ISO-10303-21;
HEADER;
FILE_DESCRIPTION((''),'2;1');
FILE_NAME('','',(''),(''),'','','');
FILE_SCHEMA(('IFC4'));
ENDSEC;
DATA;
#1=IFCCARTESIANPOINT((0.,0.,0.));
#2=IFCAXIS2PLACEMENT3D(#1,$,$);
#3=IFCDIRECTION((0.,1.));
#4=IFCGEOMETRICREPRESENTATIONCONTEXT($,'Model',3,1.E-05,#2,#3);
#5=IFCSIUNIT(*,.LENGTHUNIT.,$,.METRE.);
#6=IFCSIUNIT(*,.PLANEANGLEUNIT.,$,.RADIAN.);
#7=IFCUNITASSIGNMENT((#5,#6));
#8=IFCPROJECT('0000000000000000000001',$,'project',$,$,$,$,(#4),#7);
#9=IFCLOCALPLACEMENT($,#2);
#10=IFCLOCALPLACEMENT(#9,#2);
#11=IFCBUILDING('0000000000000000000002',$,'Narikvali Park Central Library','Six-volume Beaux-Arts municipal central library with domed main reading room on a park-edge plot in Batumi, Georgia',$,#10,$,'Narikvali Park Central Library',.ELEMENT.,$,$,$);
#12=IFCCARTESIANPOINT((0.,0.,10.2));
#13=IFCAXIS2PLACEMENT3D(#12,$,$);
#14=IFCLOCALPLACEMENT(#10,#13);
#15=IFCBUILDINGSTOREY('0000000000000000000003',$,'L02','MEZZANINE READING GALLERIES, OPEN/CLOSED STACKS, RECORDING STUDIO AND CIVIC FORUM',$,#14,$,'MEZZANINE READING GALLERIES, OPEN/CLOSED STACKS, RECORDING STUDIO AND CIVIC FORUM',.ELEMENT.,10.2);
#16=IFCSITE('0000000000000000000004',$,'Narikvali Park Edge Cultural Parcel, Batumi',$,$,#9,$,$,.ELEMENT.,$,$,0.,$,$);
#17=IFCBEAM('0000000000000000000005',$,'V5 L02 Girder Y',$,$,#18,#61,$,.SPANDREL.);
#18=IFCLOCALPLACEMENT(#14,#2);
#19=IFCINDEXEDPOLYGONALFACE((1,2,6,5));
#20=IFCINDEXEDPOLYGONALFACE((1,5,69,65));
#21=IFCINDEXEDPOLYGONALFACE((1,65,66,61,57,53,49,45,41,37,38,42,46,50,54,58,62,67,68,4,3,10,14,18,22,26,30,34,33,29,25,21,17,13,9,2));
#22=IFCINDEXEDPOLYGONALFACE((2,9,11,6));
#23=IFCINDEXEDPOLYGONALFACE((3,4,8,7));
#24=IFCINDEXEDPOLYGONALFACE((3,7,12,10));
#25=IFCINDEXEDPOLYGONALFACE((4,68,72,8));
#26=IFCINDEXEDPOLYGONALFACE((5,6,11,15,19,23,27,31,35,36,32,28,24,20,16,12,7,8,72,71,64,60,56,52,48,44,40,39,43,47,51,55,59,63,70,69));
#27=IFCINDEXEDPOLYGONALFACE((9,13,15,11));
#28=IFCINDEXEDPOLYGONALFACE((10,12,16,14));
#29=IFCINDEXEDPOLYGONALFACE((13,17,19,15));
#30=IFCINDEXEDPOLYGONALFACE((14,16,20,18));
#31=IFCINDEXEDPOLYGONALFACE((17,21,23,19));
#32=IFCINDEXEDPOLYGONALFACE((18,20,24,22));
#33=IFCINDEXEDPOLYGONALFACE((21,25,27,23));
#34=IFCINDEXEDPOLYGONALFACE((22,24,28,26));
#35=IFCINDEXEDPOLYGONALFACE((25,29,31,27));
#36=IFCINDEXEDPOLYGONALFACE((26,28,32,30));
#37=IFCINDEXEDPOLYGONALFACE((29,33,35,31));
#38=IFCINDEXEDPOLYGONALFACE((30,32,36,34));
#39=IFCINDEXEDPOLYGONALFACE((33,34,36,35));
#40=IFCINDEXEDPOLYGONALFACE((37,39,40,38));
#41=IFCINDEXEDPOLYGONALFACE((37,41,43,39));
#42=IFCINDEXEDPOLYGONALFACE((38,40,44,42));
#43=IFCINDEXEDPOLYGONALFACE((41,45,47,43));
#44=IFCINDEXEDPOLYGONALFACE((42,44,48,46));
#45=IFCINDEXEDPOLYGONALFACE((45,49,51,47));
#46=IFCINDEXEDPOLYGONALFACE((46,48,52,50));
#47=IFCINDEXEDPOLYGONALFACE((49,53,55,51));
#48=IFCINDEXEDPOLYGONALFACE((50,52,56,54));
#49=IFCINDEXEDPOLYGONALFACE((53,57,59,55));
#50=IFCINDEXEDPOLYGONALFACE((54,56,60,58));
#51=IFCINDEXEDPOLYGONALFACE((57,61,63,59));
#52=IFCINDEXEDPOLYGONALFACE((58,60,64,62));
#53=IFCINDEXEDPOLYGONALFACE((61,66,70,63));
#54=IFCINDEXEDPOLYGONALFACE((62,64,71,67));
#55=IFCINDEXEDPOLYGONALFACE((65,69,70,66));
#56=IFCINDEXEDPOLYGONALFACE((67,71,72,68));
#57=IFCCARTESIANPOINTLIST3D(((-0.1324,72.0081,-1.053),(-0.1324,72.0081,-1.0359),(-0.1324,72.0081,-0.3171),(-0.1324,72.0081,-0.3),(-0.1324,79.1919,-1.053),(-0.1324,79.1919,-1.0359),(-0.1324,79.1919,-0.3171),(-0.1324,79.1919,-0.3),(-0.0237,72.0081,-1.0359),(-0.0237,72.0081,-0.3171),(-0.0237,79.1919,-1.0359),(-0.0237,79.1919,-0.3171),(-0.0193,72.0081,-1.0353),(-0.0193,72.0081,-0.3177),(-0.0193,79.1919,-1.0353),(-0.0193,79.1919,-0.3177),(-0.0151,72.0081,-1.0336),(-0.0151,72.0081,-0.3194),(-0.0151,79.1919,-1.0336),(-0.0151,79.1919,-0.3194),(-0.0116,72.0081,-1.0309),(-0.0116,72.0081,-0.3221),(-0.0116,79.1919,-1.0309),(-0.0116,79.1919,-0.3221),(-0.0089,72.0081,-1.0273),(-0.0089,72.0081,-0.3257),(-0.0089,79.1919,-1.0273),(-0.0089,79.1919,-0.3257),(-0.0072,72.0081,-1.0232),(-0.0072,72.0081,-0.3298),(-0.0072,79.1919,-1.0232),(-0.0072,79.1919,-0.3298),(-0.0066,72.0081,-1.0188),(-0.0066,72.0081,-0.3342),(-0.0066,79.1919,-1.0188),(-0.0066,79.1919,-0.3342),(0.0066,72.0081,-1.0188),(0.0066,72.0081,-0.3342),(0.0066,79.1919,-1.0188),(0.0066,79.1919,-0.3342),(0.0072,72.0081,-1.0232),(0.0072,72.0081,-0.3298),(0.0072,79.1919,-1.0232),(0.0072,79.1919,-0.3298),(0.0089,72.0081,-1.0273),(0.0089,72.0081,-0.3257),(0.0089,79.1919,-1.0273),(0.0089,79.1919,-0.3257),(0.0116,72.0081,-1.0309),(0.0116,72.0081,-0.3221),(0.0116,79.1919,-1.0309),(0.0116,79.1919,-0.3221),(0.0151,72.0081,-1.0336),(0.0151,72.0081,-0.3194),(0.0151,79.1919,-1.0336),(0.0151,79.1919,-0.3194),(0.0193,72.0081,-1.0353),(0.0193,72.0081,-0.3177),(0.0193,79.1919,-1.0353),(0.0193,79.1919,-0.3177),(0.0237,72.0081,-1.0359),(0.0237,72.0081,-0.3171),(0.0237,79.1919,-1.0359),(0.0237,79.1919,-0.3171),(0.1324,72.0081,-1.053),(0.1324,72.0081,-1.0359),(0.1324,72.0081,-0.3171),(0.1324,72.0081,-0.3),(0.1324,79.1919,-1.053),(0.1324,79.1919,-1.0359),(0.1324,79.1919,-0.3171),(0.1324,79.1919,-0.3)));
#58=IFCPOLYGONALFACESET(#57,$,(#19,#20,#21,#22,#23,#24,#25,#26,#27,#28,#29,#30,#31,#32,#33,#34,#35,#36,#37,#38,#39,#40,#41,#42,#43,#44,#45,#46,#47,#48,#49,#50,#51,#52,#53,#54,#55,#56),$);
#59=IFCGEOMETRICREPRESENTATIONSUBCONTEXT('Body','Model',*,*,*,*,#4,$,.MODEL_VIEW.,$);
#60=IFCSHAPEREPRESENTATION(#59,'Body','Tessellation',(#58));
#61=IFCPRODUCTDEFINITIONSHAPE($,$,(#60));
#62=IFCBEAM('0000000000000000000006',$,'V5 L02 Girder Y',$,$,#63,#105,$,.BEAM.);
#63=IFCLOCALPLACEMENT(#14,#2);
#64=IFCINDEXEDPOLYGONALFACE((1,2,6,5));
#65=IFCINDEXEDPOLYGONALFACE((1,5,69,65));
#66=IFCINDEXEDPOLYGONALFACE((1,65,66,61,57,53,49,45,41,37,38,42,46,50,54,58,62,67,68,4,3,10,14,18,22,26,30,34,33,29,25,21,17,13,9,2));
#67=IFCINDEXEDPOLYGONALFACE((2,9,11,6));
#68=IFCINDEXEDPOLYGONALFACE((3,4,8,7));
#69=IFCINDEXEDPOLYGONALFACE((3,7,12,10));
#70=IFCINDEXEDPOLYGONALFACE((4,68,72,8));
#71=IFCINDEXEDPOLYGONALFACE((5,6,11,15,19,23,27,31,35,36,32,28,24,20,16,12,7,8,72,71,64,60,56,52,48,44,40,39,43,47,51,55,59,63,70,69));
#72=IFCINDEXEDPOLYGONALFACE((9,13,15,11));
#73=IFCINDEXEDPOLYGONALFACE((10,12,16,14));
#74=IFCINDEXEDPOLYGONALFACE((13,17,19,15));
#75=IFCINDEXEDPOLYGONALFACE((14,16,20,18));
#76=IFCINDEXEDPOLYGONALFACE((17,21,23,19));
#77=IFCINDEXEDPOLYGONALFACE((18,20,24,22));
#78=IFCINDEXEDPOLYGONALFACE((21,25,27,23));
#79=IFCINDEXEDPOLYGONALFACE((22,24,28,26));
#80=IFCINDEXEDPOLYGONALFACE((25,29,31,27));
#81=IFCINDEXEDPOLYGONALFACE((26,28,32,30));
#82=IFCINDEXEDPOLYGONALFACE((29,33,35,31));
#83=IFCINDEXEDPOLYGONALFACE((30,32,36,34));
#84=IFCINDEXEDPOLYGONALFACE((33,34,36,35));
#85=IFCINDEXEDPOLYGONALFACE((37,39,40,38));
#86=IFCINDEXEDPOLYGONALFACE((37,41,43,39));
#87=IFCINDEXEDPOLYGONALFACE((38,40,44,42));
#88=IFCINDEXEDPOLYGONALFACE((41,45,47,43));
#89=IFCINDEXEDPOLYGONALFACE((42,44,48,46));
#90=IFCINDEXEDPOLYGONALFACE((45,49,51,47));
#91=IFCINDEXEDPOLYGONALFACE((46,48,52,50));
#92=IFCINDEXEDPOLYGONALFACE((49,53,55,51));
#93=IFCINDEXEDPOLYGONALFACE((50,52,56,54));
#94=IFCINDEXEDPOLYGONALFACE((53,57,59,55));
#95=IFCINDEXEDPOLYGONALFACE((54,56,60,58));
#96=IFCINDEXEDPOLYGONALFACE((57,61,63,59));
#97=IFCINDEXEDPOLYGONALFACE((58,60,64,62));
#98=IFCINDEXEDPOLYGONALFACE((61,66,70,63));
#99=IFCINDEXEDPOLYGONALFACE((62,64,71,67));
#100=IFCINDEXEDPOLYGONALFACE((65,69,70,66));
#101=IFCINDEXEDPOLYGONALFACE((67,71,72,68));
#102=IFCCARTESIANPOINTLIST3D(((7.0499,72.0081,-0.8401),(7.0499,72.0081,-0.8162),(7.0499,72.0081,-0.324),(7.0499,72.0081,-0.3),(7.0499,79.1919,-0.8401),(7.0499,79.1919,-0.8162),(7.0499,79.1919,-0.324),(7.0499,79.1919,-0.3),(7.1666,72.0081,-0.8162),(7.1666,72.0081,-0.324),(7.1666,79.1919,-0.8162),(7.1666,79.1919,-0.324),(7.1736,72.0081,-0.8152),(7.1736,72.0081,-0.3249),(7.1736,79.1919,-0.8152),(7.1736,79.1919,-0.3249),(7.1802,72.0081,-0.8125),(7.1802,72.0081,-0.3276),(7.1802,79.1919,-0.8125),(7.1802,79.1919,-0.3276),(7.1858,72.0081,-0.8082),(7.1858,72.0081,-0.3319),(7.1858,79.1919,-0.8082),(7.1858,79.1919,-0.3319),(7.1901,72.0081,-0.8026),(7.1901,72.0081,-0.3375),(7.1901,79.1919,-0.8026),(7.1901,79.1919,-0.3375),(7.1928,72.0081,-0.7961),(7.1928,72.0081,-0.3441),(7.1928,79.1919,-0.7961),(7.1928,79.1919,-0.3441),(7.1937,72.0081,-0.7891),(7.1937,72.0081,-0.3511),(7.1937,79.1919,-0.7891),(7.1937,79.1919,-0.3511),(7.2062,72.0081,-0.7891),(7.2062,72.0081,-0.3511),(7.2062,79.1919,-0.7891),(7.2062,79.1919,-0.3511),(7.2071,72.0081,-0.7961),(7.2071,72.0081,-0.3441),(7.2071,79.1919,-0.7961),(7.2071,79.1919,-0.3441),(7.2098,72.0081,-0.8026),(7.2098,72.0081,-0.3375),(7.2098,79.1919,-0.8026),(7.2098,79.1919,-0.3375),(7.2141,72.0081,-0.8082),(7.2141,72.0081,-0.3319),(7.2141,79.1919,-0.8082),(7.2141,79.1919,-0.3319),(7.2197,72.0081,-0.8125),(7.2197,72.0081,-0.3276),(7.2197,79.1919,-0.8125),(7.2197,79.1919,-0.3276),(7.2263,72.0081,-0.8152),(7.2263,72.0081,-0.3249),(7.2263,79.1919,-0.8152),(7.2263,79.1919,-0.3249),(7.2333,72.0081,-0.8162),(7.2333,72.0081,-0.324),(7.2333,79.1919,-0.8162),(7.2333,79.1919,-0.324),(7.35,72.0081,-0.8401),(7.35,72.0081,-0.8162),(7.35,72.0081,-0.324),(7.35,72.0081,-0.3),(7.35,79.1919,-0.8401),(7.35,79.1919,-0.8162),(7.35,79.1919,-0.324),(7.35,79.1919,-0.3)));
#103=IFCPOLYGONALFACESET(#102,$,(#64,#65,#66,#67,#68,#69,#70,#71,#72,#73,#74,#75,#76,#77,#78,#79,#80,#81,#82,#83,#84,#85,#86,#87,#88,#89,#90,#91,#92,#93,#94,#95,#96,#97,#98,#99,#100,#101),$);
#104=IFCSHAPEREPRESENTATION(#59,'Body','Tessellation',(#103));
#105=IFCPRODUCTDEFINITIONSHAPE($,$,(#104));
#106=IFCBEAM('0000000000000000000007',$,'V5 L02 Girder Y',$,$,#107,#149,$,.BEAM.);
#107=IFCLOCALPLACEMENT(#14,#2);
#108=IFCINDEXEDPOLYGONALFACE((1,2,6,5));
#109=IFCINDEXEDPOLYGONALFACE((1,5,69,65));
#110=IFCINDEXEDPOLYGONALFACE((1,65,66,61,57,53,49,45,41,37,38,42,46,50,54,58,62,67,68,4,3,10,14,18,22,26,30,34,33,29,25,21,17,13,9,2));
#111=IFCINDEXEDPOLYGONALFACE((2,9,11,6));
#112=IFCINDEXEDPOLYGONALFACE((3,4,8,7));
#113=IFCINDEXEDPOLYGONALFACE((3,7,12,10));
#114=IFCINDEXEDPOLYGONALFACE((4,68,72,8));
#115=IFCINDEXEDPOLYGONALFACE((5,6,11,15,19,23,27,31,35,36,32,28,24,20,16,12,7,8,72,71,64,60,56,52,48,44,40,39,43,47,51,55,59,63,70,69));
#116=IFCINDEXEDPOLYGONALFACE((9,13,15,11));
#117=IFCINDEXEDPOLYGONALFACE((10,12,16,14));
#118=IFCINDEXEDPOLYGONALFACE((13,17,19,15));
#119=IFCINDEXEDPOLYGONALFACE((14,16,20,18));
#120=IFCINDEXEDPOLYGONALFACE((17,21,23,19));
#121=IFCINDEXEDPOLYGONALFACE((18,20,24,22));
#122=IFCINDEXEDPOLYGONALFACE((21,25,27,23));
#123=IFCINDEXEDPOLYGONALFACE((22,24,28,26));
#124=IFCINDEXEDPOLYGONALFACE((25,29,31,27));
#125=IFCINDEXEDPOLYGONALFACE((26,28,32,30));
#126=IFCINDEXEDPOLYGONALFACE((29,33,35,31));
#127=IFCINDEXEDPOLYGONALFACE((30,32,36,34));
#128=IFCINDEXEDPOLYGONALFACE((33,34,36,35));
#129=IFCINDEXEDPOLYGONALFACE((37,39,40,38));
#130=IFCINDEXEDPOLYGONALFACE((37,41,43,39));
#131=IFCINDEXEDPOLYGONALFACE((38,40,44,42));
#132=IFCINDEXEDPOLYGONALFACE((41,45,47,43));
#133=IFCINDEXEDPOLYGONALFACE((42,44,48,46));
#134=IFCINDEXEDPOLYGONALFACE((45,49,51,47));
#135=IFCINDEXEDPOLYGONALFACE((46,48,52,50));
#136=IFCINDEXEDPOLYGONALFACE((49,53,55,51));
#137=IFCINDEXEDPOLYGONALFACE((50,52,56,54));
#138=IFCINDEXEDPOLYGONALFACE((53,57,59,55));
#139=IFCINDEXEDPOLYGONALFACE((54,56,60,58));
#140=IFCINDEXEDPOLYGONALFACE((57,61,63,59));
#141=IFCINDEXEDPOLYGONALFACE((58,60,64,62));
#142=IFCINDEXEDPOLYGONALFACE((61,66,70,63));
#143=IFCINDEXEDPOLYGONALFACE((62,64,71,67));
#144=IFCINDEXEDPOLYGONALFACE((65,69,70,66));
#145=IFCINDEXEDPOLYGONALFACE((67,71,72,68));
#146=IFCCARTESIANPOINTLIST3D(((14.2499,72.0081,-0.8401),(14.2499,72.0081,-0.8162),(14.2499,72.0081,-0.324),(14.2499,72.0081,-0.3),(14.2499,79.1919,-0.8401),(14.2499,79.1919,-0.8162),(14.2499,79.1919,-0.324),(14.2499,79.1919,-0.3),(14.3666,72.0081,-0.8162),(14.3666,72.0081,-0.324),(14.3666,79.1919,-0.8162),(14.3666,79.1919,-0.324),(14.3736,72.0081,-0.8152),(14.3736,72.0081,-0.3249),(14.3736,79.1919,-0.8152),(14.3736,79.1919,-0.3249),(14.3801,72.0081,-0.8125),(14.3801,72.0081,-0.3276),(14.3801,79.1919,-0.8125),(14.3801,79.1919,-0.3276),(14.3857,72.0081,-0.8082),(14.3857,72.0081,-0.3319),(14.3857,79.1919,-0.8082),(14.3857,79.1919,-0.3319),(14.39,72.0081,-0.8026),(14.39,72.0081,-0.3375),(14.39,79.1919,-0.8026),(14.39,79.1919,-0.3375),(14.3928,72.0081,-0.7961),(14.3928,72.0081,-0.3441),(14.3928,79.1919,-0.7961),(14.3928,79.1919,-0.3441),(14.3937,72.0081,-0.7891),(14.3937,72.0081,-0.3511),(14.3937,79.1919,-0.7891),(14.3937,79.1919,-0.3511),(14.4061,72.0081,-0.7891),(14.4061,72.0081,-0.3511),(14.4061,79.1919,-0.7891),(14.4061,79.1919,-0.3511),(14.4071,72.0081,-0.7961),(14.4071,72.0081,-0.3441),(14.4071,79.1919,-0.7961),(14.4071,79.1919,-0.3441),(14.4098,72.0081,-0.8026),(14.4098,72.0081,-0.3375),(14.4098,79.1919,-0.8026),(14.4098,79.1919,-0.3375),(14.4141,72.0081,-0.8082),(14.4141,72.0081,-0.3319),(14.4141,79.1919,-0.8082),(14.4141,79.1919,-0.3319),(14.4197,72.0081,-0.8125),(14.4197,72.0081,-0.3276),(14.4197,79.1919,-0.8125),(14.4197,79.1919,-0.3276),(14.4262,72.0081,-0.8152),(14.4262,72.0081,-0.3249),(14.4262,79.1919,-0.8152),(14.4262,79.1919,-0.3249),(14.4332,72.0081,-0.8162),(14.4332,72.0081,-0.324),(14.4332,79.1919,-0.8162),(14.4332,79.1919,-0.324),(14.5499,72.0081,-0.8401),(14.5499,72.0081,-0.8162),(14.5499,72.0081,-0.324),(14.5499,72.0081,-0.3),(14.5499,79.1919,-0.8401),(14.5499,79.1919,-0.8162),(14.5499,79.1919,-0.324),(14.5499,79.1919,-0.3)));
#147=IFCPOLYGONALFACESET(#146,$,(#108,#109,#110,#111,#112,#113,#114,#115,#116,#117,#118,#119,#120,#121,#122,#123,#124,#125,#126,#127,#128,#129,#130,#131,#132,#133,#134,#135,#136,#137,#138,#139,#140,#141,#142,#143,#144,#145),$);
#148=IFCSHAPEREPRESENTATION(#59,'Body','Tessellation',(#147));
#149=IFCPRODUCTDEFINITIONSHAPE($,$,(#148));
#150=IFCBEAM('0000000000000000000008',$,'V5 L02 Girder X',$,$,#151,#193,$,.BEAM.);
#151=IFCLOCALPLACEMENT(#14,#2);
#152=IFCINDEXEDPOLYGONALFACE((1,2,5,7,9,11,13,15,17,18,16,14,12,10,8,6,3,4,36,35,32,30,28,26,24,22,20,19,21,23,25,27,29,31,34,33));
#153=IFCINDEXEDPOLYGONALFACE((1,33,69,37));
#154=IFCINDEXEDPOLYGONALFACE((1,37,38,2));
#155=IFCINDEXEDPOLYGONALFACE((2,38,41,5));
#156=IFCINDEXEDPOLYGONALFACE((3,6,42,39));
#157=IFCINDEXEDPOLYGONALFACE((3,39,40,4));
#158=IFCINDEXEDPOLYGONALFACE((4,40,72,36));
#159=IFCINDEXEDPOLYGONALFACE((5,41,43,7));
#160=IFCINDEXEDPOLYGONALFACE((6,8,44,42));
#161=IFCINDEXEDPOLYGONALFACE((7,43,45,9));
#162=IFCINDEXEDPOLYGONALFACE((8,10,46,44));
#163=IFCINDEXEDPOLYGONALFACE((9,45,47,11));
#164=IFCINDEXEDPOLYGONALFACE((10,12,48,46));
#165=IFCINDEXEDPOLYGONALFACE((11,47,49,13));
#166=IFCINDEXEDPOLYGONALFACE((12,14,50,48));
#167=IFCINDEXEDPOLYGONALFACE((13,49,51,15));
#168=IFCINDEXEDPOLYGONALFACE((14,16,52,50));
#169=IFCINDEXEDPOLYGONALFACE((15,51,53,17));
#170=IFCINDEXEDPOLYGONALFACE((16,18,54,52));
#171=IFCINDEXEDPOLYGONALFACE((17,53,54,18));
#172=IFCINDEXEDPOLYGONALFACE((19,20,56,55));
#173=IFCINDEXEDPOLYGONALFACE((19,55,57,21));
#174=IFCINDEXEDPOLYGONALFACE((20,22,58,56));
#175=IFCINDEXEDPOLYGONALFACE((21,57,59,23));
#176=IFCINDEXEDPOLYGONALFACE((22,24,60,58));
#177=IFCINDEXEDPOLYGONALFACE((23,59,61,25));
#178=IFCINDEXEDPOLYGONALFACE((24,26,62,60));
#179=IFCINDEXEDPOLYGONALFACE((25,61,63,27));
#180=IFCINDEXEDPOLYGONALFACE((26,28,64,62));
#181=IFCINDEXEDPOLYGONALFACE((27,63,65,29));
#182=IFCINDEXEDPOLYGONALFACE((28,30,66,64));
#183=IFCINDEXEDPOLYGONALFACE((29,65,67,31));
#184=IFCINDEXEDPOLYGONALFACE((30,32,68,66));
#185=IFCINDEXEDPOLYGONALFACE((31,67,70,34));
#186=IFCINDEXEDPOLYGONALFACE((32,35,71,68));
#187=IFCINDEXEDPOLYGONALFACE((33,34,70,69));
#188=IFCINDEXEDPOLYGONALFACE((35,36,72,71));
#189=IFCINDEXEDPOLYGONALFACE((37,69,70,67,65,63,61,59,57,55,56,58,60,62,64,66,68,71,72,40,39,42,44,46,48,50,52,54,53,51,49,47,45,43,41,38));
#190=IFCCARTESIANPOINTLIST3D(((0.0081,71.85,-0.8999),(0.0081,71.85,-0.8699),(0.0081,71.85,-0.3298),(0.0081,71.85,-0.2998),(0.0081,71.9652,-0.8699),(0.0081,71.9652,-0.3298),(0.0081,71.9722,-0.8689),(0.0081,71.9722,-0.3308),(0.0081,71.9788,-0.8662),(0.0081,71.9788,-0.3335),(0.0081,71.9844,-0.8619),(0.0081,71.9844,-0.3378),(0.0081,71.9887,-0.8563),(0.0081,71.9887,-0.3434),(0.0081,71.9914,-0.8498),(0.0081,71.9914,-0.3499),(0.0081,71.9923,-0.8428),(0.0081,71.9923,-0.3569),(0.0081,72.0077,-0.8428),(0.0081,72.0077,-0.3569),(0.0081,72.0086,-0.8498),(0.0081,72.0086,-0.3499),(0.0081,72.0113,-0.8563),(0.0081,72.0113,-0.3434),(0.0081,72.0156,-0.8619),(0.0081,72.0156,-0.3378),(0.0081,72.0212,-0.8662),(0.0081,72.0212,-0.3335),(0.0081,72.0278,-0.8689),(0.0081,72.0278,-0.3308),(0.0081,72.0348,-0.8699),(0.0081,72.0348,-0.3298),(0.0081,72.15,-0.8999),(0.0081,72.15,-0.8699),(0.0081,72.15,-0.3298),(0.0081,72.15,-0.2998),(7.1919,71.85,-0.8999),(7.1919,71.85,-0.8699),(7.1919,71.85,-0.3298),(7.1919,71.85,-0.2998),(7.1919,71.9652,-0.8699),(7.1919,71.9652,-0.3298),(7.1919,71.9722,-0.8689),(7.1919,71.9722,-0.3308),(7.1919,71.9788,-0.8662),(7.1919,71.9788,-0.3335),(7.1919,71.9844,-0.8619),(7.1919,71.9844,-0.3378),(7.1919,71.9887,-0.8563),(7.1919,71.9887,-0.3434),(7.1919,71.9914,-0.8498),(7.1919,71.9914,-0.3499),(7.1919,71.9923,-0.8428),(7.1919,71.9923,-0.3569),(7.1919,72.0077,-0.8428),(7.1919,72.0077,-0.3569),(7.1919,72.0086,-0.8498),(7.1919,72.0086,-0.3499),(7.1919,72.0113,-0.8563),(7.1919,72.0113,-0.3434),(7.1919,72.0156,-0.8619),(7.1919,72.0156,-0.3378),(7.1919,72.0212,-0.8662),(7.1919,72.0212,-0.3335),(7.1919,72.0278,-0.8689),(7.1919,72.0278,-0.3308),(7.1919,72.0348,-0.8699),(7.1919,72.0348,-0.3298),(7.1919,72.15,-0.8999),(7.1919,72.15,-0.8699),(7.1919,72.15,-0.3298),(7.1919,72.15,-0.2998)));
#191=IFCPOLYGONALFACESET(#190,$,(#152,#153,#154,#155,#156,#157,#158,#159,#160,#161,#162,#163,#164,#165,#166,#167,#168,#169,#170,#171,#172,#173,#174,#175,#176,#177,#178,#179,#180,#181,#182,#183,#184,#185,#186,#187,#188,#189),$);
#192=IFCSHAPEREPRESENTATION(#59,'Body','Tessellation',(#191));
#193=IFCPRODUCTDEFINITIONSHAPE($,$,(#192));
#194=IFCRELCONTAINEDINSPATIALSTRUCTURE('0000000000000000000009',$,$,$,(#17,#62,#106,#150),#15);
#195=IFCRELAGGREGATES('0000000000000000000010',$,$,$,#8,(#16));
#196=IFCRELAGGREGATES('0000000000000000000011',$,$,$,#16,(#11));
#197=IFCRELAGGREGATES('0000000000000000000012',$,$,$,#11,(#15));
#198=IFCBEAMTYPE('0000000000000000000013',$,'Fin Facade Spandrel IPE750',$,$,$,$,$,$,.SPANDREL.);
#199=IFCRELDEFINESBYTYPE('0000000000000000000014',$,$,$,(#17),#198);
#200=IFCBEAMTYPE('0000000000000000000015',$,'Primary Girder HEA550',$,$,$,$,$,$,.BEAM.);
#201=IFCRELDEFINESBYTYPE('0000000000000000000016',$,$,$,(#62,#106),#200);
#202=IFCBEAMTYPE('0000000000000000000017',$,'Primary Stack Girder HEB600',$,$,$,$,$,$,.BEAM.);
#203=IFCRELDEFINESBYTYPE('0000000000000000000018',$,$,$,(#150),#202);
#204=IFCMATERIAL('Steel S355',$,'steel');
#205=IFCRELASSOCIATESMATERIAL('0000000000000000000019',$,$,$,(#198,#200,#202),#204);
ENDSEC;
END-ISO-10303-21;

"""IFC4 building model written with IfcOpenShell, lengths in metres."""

from ifc_helpers import new_model, si_unit, direction, frame, origin, origin_2d, place, context, subcontext, project, spatial, i_section, extrude, material, material_profile, profile_set, type_object, element, save


model = new_model("IFC4")

# Units and contexts
model_context = context("Model", 3, precision=1e-05, world=origin(), true_north=direction((0.0, 1.0)))
body_context = subcontext(model_context, "Body", "Model", "MODEL_VIEW")
ifc_project = project(units=[si_unit("LENGTHUNIT", "METRE"), si_unit("PLANEANGLEUNIT", "RADIAN")], contexts=[model_context])

# Site, building, storey
site_placement = place(None, origin())
site = spatial("IfcSite", under=ifc_project, at=site_placement, Name="Narikvali Park Edge Cultural Parcel, Batumi", CompositionType="ELEMENT", RefElevation=0.0)
building_placement = place(site_placement, origin())
building = spatial("IfcBuilding", under=site, at=building_placement, Name="Narikvali Park Central Library", Description="Six-volume Beaux-Arts municipal central library with domed main reading room on a park-edge plot in Batumi, Georgia", LongName="Narikvali Park Central Library", CompositionType="ELEMENT")
storey_placement = place(building_placement, frame((0.0, 0.0, 10.2)))
storey = spatial("IfcBuildingStorey", under=building, at=storey_placement, Name="L02", Description="MEZZANINE READING GALLERIES, OPEN/CLOSED STACKS, RECORDING STUDIO AND CIVIC FORUM", LongName="MEZZANINE READING GALLERIES, OPEN/CLOSED STACKS, RECORDING STUDIO AND CIVIC FORUM", CompositionType="ELEMENT", Elevation=10.2)

# Shared definitions
ifc_material_1 = material(Name="Steel S355", Category="steel")

# Beams
ifc_material_profile_1 = material_profile(ifc_material_1, i_section(OverallWidth=0.2649, OverallDepth=0.7529, WebThickness=0.0132, FlangeThickness=0.0171, FilletRadius=0.0171, at=origin_2d()), Name="IPE 750x147")
ifc_profile_set_1 = profile_set([ifc_material_profile_1], Name="Steel S355")
beam_type_1 = type_object("IfcBeamType", Name="Fin Facade Spandrel IPE750", PredefinedType="SPANDREL", material=ifc_profile_set_1)
beam_1_placement = place(storey_placement, frame((0.0, 72.0081, -0.6765), z_axis=(0.0, 1.0, 0.0), x_axis=(-1.0, 0.0, 0.0)))
element("IfcBeam", 1, at=beam_1_placement, inside=storey, type_object=beam_type_1, Name="V5 L02 Girder Y", PredefinedType="SPANDREL", context=body_context, shape_type="SweptSolid", body=[
    extrude(i_section(OverallWidth=0.2649, OverallDepth=0.7529, WebThickness=0.0132, FlangeThickness=0.0171, FilletRadius=0.0171, at=origin_2d()), origin(), (0.0, 0.0, 1.0), 7.1838),
])
ifc_material_profile_2 = material_profile(ifc_material_1, i_section(OverallWidth=0.3, OverallDepth=0.54, WebThickness=0.0125, FlangeThickness=0.0239, FilletRadius=0.0271, at=origin_2d()), Name="HEA 550")
ifc_profile_set_2 = profile_set([ifc_material_profile_2], Name="Steel S355")
beam_type_2 = type_object("IfcBeamType", Name="Primary Girder HEA550", PredefinedType="BEAM", material=ifc_profile_set_2)
for number, where, z_axis, x_axis, name in (
    (2, (7.2, 72.0081, -0.5701), (0.0, 1.0, 0.0), (-1.0, 0.0, 0.0), "V5 L02 Girder Y"),
    (3, (14.3999, 72.0081, -0.5701), (0.0, 1.0, 0.0), (-1.0, 0.0, 0.0), "V5 L02 Girder Y"),
):
    element("IfcBeam", number, at=place(storey_placement, frame(where, z_axis=z_axis, x_axis=x_axis)), inside=storey, type_object=beam_type_2, Name=name, PredefinedType="BEAM", context=body_context, shape_type="SweptSolid", body=[
        extrude(i_section(OverallWidth=0.3, OverallDepth=0.54, WebThickness=0.0125, FlangeThickness=0.0239, FilletRadius=0.0271, at=origin_2d()), origin(), (0.0, 0.0, 1.0), 7.1838),
    ])
ifc_material_profile_3 = material_profile(ifc_material_1, i_section(OverallWidth=0.3, OverallDepth=0.6001, WebThickness=0.0154, FlangeThickness=0.03, FilletRadius=0.0271, at=origin_2d()), Name="HEB 600")
ifc_profile_set_3 = profile_set([ifc_material_profile_3], Name="Steel S355")
beam_type_3 = type_object("IfcBeamType", Name="Primary Stack Girder HEB600", PredefinedType="BEAM", material=ifc_profile_set_3)
beam_2_placement = place(storey_placement, frame((0.0081, 72.0, -0.5999), z_axis=(1.0, 0.0, 0.0), x_axis=(0.0, 1.0, 0.0)))
element("IfcBeam", 4, at=beam_2_placement, inside=storey, type_object=beam_type_3, Name="V5 L02 Girder X", PredefinedType="BEAM", context=body_context, shape_type="SweptSolid", body=[
    extrude(i_section(OverallWidth=0.3, OverallDepth=0.6001, WebThickness=0.0154, FlangeThickness=0.03, FilletRadius=0.0271, at=origin_2d()), origin(), (0.0, 0.0, 1.0), 7.1838),
])

save(model, "model.ifc")
